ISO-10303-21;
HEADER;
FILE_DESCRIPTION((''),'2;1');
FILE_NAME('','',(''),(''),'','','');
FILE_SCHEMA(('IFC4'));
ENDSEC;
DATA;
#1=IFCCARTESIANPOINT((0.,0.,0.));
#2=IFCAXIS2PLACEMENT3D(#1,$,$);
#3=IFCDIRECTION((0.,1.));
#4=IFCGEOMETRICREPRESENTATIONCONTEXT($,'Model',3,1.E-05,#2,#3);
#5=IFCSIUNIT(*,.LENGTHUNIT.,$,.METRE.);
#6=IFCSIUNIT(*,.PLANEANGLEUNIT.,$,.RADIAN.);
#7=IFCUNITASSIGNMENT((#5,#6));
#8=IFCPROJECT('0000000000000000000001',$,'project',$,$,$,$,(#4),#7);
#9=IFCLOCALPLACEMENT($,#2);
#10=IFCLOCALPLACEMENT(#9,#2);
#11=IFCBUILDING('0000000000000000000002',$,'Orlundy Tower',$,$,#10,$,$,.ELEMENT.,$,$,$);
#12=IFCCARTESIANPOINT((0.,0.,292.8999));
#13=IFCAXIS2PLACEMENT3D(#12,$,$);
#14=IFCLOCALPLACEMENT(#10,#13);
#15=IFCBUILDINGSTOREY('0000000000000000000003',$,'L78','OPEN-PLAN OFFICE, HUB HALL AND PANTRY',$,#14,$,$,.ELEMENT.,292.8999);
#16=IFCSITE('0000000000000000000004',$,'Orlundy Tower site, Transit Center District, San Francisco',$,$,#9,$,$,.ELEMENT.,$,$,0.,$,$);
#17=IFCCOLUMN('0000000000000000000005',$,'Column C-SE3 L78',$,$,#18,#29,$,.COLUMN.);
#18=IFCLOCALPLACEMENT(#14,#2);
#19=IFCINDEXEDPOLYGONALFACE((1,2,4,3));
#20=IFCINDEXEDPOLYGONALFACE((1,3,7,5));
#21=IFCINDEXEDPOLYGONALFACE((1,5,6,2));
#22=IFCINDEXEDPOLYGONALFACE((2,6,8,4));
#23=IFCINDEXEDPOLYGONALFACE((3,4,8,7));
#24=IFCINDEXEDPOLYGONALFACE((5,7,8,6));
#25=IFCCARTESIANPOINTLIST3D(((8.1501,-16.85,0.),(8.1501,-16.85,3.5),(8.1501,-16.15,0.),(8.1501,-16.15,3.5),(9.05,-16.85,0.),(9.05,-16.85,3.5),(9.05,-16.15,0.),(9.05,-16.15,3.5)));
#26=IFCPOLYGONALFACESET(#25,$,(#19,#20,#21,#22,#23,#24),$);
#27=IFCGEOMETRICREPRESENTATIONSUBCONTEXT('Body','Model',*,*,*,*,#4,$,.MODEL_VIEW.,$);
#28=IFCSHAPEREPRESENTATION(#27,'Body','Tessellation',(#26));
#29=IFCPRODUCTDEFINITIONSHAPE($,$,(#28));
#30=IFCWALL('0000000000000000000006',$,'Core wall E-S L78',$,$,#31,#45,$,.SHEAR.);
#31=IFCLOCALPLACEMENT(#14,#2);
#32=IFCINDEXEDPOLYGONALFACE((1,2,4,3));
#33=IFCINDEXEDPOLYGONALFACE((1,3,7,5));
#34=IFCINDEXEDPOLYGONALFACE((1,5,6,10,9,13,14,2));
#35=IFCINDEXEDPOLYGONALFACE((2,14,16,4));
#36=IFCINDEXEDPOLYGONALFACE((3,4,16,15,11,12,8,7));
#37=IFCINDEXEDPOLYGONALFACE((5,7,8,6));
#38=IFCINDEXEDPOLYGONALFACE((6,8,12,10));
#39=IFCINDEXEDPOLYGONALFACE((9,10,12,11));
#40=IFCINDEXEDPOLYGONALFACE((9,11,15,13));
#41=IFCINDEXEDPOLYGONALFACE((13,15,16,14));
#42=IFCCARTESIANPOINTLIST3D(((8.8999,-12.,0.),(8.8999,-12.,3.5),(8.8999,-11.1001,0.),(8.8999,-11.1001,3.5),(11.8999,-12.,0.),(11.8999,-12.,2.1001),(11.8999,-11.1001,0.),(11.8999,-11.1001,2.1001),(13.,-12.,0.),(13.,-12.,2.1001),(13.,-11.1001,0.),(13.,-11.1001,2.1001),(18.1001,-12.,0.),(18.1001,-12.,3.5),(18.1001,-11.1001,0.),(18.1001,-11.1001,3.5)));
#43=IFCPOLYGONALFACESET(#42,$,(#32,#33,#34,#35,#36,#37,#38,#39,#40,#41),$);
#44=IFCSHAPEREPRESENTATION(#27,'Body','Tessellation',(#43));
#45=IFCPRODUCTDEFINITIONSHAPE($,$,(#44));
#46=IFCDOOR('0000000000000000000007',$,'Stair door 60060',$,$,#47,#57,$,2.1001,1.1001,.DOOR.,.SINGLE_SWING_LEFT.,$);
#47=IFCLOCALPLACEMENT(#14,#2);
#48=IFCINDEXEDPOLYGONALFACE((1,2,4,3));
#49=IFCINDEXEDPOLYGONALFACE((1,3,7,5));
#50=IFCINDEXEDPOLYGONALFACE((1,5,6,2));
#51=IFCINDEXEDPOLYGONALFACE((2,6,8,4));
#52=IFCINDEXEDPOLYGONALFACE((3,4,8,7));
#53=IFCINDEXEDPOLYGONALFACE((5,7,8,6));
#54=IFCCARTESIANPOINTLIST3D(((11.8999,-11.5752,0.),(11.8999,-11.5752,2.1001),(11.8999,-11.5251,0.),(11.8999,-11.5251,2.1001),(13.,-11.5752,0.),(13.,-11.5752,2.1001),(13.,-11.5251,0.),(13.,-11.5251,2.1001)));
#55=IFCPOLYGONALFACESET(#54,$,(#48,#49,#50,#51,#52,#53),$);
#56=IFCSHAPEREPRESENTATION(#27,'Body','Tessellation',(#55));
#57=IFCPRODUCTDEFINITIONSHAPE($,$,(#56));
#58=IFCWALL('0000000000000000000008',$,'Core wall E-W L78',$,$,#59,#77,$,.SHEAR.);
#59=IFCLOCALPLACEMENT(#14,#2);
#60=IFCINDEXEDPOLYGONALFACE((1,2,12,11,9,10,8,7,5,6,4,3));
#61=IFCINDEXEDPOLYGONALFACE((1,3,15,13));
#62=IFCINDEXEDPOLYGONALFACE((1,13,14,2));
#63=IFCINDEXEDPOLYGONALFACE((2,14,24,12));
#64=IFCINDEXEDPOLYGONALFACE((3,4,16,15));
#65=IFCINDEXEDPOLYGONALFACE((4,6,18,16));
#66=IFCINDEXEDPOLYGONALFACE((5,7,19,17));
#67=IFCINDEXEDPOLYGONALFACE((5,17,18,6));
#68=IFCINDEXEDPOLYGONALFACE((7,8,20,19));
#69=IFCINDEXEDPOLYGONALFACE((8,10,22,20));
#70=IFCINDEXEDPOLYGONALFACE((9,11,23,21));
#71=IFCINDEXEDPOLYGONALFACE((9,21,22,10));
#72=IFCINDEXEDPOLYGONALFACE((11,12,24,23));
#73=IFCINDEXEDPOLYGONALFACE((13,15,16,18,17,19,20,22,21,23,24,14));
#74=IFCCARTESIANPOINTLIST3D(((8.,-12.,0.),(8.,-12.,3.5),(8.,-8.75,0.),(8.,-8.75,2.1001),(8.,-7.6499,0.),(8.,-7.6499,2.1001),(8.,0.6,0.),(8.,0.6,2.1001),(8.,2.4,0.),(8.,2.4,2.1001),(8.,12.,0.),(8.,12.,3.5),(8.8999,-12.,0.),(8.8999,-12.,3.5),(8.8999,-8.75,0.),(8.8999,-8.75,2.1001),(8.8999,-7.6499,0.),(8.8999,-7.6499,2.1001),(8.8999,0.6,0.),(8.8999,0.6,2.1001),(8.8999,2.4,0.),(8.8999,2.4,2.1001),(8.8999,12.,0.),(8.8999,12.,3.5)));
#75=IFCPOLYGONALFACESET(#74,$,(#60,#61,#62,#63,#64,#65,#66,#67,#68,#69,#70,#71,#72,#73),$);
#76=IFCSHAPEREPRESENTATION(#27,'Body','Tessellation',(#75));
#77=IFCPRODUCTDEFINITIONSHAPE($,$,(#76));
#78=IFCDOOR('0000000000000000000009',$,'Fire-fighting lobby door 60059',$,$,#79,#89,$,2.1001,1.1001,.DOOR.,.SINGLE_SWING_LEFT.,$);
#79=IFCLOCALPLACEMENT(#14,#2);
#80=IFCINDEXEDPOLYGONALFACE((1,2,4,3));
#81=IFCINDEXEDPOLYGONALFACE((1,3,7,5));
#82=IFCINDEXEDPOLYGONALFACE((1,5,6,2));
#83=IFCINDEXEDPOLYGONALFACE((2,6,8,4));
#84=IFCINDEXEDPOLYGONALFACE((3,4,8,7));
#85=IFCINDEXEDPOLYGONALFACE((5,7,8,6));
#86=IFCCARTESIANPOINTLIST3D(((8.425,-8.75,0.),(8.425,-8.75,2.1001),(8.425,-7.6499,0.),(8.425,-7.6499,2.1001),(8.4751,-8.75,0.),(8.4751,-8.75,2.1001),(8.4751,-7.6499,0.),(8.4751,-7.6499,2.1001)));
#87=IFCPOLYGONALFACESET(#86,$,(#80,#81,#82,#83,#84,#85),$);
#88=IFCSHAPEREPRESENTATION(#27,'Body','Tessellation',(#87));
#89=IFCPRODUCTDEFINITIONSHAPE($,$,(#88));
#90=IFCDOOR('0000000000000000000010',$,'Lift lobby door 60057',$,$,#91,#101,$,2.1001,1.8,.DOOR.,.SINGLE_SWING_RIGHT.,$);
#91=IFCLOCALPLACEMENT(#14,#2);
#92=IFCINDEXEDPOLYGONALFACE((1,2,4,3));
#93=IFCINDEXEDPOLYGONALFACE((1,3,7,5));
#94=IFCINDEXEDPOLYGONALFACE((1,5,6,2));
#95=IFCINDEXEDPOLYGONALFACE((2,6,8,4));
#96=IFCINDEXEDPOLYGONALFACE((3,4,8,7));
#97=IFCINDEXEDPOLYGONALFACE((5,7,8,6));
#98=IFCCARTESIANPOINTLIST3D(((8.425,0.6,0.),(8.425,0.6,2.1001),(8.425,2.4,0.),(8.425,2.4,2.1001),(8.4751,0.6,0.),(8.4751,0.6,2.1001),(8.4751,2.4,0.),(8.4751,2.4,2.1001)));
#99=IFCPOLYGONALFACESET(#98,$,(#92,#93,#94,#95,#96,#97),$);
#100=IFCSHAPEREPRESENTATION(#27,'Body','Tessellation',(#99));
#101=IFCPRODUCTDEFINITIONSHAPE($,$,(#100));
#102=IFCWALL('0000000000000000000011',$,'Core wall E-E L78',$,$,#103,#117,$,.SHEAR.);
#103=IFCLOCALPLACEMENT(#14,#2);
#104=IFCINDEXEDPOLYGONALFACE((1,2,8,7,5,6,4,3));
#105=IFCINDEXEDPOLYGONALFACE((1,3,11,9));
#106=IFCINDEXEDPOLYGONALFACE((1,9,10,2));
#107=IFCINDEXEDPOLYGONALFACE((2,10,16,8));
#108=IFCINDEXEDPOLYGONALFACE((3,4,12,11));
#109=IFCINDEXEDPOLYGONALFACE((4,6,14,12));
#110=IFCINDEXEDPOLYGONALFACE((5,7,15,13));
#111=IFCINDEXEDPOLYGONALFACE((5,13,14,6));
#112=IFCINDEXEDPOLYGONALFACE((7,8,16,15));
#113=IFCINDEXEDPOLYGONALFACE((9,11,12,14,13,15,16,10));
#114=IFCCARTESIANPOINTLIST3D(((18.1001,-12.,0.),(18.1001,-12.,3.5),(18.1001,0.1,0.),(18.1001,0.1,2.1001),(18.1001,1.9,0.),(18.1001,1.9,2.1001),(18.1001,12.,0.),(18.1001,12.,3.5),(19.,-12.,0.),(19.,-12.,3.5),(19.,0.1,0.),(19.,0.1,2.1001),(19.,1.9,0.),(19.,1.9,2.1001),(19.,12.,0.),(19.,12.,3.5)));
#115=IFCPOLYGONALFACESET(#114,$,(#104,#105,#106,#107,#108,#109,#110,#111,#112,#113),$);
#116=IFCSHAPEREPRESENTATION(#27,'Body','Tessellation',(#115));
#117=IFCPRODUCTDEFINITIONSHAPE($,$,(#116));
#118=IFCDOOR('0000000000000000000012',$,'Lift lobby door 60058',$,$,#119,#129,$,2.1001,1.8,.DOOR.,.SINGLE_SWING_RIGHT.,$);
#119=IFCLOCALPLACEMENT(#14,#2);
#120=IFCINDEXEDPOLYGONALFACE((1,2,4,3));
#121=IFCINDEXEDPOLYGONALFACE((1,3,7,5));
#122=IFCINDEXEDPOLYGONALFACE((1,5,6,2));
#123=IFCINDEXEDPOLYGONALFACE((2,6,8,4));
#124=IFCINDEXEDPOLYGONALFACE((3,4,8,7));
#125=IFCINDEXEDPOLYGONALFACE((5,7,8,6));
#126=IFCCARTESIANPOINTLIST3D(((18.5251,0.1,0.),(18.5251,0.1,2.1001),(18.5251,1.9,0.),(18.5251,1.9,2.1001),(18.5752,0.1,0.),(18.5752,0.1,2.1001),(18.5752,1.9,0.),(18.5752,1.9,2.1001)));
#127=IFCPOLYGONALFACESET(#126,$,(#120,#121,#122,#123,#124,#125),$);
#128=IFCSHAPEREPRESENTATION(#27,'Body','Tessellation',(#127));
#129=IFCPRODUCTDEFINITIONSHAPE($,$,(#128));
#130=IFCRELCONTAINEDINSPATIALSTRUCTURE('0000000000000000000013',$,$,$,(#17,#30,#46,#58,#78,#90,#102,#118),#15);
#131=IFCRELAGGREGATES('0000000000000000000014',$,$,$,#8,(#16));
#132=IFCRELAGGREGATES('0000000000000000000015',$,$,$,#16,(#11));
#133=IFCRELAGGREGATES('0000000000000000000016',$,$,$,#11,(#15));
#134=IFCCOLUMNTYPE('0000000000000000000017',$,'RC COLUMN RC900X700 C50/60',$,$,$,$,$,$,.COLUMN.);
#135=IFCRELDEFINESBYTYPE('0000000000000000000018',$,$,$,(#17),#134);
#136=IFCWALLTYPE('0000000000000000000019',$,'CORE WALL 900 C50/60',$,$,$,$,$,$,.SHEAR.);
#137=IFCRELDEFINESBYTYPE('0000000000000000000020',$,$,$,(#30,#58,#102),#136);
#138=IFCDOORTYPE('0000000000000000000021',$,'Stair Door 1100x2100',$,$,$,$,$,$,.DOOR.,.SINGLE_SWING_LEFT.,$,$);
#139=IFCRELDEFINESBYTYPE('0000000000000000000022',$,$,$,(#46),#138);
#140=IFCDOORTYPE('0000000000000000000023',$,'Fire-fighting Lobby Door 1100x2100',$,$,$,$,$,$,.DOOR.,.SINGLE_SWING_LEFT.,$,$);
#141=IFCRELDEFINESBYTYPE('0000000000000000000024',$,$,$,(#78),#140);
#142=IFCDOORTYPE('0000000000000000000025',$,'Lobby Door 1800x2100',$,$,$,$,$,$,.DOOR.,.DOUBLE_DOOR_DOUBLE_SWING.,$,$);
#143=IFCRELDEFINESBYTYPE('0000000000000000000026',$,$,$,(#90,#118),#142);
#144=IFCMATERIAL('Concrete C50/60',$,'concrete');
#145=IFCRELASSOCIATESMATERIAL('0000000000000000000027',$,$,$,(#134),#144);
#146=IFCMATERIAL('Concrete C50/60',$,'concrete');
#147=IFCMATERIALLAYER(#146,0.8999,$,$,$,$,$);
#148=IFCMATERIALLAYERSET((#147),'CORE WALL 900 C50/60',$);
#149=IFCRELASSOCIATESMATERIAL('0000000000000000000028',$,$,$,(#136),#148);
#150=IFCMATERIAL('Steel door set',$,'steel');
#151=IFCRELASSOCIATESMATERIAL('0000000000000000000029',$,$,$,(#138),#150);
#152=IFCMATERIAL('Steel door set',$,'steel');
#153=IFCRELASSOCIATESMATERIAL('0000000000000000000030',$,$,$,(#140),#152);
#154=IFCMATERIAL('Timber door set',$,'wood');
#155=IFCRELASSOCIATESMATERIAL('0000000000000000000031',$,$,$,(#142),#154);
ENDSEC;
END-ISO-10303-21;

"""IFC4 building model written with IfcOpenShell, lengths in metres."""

from ifc_helpers import new_model, si_unit, direction, frame, frame_2d, origin, origin_2d, place, context, subcontext, project, spatial, rectangle, extrude, material, layer, layer_set, material_profile, profile_set, type_object, element, fill, save


model = new_model("IFC4")

# Units and contexts
model_context = context("Model", 3, precision=1e-05, world=origin(), true_north=direction((0.0, 1.0)))
body_context = subcontext(model_context, "Body", "Model", "MODEL_VIEW")
ifc_project = project(units=[si_unit("LENGTHUNIT", "METRE"), si_unit("PLANEANGLEUNIT", "RADIAN")], contexts=[model_context])

# Site, building, storey
site_placement = place(None, origin())
site = spatial("IfcSite", under=ifc_project, at=site_placement, Name="Orlundy Tower site, Transit Center District, San Francisco", CompositionType="ELEMENT", RefElevation=0.0)
building_placement = place(site_placement, origin())
building = spatial("IfcBuilding", under=site, at=building_placement, Name="Orlundy Tower", CompositionType="ELEMENT")
storey_placement = place(building_placement, frame((0.0, 0.0, 292.8999)))
storey = spatial("IfcBuildingStorey", under=building, at=storey_placement, Name="L78", Description="OPEN-PLAN OFFICE, HUB HALL AND PANTRY", CompositionType="ELEMENT", Elevation=292.8999)

# Column
ifc_material_1 = material(Name="Concrete C50/60", Category="concrete")
ifc_material_profile = material_profile(ifc_material_1, rectangle(XDim=0.8999, YDim=0.7, at=origin_2d()), Name="RC900X700")
ifc_profile_set = profile_set([ifc_material_profile], Name="Concrete C50/60")
column_type = type_object("IfcColumnType", Name="RC COLUMN RC900X700 C50/60", PredefinedType="COLUMN", material=ifc_profile_set)
column_placement = place(storey_placement, frame((8.6001, -16.5, 0.0), z_axis=(0.0, 0.0, 1.0), x_axis=(1.0, 0.0, 0.0)))
element("IfcColumn", 1, at=column_placement, inside=storey, type_object=column_type, Name="Column C-SE3 L78", PredefinedType="COLUMN", context=body_context, shape_type="SweptSolid", body=[
    extrude(rectangle(XDim=0.8999, YDim=0.7, at=origin_2d()), origin(), (0.0, 0.0, 1.0), 3.5),
])

# Wall, opening, door
ifc_material_2 = material(Name="Concrete C50/60", Category="concrete")
ifc_layer_1 = layer(ifc_material_2, 0.8999)
ifc_layer_set_1 = layer_set([ifc_layer_1], Name="CORE WALL 900 C50/60")
wall_type_1 = type_object("IfcWallType", Name="CORE WALL 900 C50/60", PredefinedType="SHEAR", material=ifc_layer_set_1)
wall_1_placement = place(storey_placement, frame((8.8999, -11.55, 0.0), z_axis=(0.0, 0.0, 1.0), x_axis=(1.0, 0.0, 0.0)))
wall_1 = element("IfcWall", 2, at=wall_1_placement, inside=storey, type_object=wall_type_1, Name="Core wall E-S L78", PredefinedType="SHEAR", context=body_context, shape_type="SweptSolid", body=[
    extrude(rectangle(XDim=9.2002, YDim=0.8999, at=frame_2d((4.6001, 0.0))), origin(), (0.0, 0.0, 1.0), 3.5),
])
opening_1_placement = place(wall_1_placement, frame((3.0, 0.0, 0.0)))
opening_1 = element("IfcOpeningElement", 3, at=opening_1_placement, cuts=wall_1, PredefinedType="OPENING", context=body_context, shape_type="SweptSolid", body=[
    extrude(rectangle(XDim=1.1001, YDim=2.1001, at=frame_2d((0.55, 1.05))), frame((0.0, 0.46, 0.0), z_axis=(0.0, -1.0, 0.0), x_axis=(1.0, 0.0, 0.0)), (0.0, 0.0, 1.0), 0.9199),
])
ifc_material_3 = material(Name="Steel door set", Category="steel")
door_type_1 = type_object("IfcDoorType", Name="Stair Door 1100x2100", OperationType="SINGLE_SWING_LEFT", PredefinedType="DOOR", material=ifc_material_3)
door_1_placement = place(opening_1_placement, origin())
door_1 = element("IfcDoor", 4, at=door_1_placement, inside=storey, type_object=door_type_1, Name="Stair door 60060", OperationType="SINGLE_SWING_LEFT", OverallHeight=2.1001, OverallWidth=1.1001, PredefinedType="DOOR", context=body_context, shape_type="SweptSolid", body=[
    extrude(rectangle(XDim=1.1001, YDim=2.1001, at=frame_2d((0.55, 1.05))), frame((0.0, 0.0249, 0.0), z_axis=(0.0, -1.0, 0.0), x_axis=(1.0, 0.0, 0.0)), (0.0, 0.0, 1.0), 0.05),
])
fill(opening_1, door_1)

# Wall, openings, doors
wall_2_placement = place(storey_placement, frame((8.45, -12.0, 0.0), z_axis=(0.0, 0.0, 1.0), x_axis=(0.0, 1.0, 0.0)))
wall_2 = element("IfcWall", 5, at=wall_2_placement, inside=storey, type_object=wall_type_1, Name="Core wall E-W L78", PredefinedType="SHEAR", context=body_context, shape_type="SweptSolid", body=[
    extrude(rectangle(XDim=24.0, YDim=0.8999, at=frame_2d((12.0, 0.0))), origin(), (0.0, 0.0, 1.0), 3.5),
])
opening_2_placement = place(wall_2_placement, frame((12.6001, 0.0, 0.0)))
opening_2 = element("IfcOpeningElement", 6, at=opening_2_placement, cuts=wall_2, PredefinedType="OPENING", context=body_context, shape_type="SweptSolid", body=[
    extrude(rectangle(XDim=1.8, YDim=2.1001, at=frame_2d((0.8999, 1.05))), frame((0.0, 0.46, 0.0), z_axis=(0.0, -1.0, 0.0), x_axis=(1.0, 0.0, 0.0)), (0.0, 0.0, 1.0), 0.9199),
])
opening_3_placement = place(wall_2_placement, frame((3.25, 0.0, 0.0)))
opening_3 = element("IfcOpeningElement", 7, at=opening_3_placement, cuts=wall_2, PredefinedType="OPENING", context=body_context, shape_type="SweptSolid", body=[
    extrude(rectangle(XDim=1.1001, YDim=2.1001, at=frame_2d((0.55, 1.05))), frame((0.0, 0.46, 0.0), z_axis=(0.0, -1.0, 0.0), x_axis=(1.0, 0.0, 0.0)), (0.0, 0.0, 1.0), 0.9199),
])
ifc_material_4 = material(Name="Steel door set", Category="steel")
door_type_2 = type_object("IfcDoorType", Name="Fire-fighting Lobby Door 1100x2100", OperationType="SINGLE_SWING_LEFT", PredefinedType="DOOR", material=ifc_material_4)
door_2_placement = place(opening_3_placement, origin())
door_2 = element("IfcDoor", 8, at=door_2_placement, inside=storey, type_object=door_type_2, Name="Fire-fighting lobby door 60059", OperationType="SINGLE_SWING_LEFT", OverallHeight=2.1001, OverallWidth=1.1001, PredefinedType="DOOR", context=body_context, shape_type="SweptSolid", body=[
    extrude(rectangle(XDim=1.1001, YDim=2.1001, at=frame_2d((0.55, 1.05))), frame((0.0, 0.0249, 0.0), z_axis=(0.0, -1.0, 0.0), x_axis=(1.0, 0.0, 0.0)), (0.0, 0.0, 1.0), 0.05),
])
fill(opening_3, door_2)
ifc_material_5 = material(Name="Timber door set", Category="wood")
door_type_3 = type_object("IfcDoorType", Name="Lobby Door 1800x2100", OperationType="DOUBLE_DOOR_DOUBLE_SWING", PredefinedType="DOOR", material=ifc_material_5)
door_3_placement = place(opening_2_placement, origin())
door_3 = element("IfcDoor", 9, at=door_3_placement, inside=storey, type_object=door_type_3, Name="Lift lobby door 60057", OperationType="SINGLE_SWING_RIGHT", OverallHeight=2.1001, OverallWidth=1.8, PredefinedType="DOOR", context=body_context, shape_type="SweptSolid", body=[
    extrude(rectangle(XDim=1.8, YDim=2.1001, at=frame_2d((0.8999, 1.05))), frame((0.0, 0.0249, 0.0), z_axis=(0.0, -1.0, 0.0), x_axis=(1.0, 0.0, 0.0)), (0.0, 0.0, 1.0), 0.05),
])
fill(opening_2, door_3)

# Wall, opening, door
wall_3_placement = place(storey_placement, frame((18.55, -12.0, 0.0), z_axis=(0.0, 0.0, 1.0), x_axis=(0.0, 1.0, 0.0)))
wall_3 = element("IfcWall", 10, at=wall_3_placement, inside=storey, type_object=wall_type_1, Name="Core wall E-E L78", PredefinedType="SHEAR", context=body_context, shape_type="SweptSolid", body=[
    extrude(rectangle(XDim=24.0, YDim=0.8999, at=frame_2d((12.0, 0.0))), origin(), (0.0, 0.0, 1.0), 3.5),
])
opening_4_placement = place(wall_3_placement, frame((12.1001, 0.0, 0.0)))
opening_4 = element("IfcOpeningElement", 11, at=opening_4_placement, cuts=wall_3, PredefinedType="OPENING", context=body_context, shape_type="SweptSolid", body=[
    extrude(rectangle(XDim=1.8, YDim=2.1001, at=frame_2d((0.8999, 1.05))), frame((0.0, 0.46, 0.0), z_axis=(0.0, -1.0, 0.0), x_axis=(1.0, 0.0, 0.0)), (0.0, 0.0, 1.0), 0.9199),
])
door_4_placement = place(opening_4_placement, origin())
door_4 = element("IfcDoor", 12, at=door_4_placement, inside=storey, type_object=door_type_3, Name="Lift lobby door 60058", OperationType="SINGLE_SWING_RIGHT", OverallHeight=2.1001, OverallWidth=1.8, PredefinedType="DOOR", context=body_context, shape_type="SweptSolid", body=[
    extrude(rectangle(XDim=1.8, YDim=2.1001, at=frame_2d((0.8999, 1.05))), frame((0.0, 0.0249, 0.0), z_axis=(0.0, -1.0, 0.0), x_axis=(1.0, 0.0, 0.0)), (0.0, 0.0, 1.0), 0.05),
])
fill(opening_4, door_4)

save(model, "model.ifc")
